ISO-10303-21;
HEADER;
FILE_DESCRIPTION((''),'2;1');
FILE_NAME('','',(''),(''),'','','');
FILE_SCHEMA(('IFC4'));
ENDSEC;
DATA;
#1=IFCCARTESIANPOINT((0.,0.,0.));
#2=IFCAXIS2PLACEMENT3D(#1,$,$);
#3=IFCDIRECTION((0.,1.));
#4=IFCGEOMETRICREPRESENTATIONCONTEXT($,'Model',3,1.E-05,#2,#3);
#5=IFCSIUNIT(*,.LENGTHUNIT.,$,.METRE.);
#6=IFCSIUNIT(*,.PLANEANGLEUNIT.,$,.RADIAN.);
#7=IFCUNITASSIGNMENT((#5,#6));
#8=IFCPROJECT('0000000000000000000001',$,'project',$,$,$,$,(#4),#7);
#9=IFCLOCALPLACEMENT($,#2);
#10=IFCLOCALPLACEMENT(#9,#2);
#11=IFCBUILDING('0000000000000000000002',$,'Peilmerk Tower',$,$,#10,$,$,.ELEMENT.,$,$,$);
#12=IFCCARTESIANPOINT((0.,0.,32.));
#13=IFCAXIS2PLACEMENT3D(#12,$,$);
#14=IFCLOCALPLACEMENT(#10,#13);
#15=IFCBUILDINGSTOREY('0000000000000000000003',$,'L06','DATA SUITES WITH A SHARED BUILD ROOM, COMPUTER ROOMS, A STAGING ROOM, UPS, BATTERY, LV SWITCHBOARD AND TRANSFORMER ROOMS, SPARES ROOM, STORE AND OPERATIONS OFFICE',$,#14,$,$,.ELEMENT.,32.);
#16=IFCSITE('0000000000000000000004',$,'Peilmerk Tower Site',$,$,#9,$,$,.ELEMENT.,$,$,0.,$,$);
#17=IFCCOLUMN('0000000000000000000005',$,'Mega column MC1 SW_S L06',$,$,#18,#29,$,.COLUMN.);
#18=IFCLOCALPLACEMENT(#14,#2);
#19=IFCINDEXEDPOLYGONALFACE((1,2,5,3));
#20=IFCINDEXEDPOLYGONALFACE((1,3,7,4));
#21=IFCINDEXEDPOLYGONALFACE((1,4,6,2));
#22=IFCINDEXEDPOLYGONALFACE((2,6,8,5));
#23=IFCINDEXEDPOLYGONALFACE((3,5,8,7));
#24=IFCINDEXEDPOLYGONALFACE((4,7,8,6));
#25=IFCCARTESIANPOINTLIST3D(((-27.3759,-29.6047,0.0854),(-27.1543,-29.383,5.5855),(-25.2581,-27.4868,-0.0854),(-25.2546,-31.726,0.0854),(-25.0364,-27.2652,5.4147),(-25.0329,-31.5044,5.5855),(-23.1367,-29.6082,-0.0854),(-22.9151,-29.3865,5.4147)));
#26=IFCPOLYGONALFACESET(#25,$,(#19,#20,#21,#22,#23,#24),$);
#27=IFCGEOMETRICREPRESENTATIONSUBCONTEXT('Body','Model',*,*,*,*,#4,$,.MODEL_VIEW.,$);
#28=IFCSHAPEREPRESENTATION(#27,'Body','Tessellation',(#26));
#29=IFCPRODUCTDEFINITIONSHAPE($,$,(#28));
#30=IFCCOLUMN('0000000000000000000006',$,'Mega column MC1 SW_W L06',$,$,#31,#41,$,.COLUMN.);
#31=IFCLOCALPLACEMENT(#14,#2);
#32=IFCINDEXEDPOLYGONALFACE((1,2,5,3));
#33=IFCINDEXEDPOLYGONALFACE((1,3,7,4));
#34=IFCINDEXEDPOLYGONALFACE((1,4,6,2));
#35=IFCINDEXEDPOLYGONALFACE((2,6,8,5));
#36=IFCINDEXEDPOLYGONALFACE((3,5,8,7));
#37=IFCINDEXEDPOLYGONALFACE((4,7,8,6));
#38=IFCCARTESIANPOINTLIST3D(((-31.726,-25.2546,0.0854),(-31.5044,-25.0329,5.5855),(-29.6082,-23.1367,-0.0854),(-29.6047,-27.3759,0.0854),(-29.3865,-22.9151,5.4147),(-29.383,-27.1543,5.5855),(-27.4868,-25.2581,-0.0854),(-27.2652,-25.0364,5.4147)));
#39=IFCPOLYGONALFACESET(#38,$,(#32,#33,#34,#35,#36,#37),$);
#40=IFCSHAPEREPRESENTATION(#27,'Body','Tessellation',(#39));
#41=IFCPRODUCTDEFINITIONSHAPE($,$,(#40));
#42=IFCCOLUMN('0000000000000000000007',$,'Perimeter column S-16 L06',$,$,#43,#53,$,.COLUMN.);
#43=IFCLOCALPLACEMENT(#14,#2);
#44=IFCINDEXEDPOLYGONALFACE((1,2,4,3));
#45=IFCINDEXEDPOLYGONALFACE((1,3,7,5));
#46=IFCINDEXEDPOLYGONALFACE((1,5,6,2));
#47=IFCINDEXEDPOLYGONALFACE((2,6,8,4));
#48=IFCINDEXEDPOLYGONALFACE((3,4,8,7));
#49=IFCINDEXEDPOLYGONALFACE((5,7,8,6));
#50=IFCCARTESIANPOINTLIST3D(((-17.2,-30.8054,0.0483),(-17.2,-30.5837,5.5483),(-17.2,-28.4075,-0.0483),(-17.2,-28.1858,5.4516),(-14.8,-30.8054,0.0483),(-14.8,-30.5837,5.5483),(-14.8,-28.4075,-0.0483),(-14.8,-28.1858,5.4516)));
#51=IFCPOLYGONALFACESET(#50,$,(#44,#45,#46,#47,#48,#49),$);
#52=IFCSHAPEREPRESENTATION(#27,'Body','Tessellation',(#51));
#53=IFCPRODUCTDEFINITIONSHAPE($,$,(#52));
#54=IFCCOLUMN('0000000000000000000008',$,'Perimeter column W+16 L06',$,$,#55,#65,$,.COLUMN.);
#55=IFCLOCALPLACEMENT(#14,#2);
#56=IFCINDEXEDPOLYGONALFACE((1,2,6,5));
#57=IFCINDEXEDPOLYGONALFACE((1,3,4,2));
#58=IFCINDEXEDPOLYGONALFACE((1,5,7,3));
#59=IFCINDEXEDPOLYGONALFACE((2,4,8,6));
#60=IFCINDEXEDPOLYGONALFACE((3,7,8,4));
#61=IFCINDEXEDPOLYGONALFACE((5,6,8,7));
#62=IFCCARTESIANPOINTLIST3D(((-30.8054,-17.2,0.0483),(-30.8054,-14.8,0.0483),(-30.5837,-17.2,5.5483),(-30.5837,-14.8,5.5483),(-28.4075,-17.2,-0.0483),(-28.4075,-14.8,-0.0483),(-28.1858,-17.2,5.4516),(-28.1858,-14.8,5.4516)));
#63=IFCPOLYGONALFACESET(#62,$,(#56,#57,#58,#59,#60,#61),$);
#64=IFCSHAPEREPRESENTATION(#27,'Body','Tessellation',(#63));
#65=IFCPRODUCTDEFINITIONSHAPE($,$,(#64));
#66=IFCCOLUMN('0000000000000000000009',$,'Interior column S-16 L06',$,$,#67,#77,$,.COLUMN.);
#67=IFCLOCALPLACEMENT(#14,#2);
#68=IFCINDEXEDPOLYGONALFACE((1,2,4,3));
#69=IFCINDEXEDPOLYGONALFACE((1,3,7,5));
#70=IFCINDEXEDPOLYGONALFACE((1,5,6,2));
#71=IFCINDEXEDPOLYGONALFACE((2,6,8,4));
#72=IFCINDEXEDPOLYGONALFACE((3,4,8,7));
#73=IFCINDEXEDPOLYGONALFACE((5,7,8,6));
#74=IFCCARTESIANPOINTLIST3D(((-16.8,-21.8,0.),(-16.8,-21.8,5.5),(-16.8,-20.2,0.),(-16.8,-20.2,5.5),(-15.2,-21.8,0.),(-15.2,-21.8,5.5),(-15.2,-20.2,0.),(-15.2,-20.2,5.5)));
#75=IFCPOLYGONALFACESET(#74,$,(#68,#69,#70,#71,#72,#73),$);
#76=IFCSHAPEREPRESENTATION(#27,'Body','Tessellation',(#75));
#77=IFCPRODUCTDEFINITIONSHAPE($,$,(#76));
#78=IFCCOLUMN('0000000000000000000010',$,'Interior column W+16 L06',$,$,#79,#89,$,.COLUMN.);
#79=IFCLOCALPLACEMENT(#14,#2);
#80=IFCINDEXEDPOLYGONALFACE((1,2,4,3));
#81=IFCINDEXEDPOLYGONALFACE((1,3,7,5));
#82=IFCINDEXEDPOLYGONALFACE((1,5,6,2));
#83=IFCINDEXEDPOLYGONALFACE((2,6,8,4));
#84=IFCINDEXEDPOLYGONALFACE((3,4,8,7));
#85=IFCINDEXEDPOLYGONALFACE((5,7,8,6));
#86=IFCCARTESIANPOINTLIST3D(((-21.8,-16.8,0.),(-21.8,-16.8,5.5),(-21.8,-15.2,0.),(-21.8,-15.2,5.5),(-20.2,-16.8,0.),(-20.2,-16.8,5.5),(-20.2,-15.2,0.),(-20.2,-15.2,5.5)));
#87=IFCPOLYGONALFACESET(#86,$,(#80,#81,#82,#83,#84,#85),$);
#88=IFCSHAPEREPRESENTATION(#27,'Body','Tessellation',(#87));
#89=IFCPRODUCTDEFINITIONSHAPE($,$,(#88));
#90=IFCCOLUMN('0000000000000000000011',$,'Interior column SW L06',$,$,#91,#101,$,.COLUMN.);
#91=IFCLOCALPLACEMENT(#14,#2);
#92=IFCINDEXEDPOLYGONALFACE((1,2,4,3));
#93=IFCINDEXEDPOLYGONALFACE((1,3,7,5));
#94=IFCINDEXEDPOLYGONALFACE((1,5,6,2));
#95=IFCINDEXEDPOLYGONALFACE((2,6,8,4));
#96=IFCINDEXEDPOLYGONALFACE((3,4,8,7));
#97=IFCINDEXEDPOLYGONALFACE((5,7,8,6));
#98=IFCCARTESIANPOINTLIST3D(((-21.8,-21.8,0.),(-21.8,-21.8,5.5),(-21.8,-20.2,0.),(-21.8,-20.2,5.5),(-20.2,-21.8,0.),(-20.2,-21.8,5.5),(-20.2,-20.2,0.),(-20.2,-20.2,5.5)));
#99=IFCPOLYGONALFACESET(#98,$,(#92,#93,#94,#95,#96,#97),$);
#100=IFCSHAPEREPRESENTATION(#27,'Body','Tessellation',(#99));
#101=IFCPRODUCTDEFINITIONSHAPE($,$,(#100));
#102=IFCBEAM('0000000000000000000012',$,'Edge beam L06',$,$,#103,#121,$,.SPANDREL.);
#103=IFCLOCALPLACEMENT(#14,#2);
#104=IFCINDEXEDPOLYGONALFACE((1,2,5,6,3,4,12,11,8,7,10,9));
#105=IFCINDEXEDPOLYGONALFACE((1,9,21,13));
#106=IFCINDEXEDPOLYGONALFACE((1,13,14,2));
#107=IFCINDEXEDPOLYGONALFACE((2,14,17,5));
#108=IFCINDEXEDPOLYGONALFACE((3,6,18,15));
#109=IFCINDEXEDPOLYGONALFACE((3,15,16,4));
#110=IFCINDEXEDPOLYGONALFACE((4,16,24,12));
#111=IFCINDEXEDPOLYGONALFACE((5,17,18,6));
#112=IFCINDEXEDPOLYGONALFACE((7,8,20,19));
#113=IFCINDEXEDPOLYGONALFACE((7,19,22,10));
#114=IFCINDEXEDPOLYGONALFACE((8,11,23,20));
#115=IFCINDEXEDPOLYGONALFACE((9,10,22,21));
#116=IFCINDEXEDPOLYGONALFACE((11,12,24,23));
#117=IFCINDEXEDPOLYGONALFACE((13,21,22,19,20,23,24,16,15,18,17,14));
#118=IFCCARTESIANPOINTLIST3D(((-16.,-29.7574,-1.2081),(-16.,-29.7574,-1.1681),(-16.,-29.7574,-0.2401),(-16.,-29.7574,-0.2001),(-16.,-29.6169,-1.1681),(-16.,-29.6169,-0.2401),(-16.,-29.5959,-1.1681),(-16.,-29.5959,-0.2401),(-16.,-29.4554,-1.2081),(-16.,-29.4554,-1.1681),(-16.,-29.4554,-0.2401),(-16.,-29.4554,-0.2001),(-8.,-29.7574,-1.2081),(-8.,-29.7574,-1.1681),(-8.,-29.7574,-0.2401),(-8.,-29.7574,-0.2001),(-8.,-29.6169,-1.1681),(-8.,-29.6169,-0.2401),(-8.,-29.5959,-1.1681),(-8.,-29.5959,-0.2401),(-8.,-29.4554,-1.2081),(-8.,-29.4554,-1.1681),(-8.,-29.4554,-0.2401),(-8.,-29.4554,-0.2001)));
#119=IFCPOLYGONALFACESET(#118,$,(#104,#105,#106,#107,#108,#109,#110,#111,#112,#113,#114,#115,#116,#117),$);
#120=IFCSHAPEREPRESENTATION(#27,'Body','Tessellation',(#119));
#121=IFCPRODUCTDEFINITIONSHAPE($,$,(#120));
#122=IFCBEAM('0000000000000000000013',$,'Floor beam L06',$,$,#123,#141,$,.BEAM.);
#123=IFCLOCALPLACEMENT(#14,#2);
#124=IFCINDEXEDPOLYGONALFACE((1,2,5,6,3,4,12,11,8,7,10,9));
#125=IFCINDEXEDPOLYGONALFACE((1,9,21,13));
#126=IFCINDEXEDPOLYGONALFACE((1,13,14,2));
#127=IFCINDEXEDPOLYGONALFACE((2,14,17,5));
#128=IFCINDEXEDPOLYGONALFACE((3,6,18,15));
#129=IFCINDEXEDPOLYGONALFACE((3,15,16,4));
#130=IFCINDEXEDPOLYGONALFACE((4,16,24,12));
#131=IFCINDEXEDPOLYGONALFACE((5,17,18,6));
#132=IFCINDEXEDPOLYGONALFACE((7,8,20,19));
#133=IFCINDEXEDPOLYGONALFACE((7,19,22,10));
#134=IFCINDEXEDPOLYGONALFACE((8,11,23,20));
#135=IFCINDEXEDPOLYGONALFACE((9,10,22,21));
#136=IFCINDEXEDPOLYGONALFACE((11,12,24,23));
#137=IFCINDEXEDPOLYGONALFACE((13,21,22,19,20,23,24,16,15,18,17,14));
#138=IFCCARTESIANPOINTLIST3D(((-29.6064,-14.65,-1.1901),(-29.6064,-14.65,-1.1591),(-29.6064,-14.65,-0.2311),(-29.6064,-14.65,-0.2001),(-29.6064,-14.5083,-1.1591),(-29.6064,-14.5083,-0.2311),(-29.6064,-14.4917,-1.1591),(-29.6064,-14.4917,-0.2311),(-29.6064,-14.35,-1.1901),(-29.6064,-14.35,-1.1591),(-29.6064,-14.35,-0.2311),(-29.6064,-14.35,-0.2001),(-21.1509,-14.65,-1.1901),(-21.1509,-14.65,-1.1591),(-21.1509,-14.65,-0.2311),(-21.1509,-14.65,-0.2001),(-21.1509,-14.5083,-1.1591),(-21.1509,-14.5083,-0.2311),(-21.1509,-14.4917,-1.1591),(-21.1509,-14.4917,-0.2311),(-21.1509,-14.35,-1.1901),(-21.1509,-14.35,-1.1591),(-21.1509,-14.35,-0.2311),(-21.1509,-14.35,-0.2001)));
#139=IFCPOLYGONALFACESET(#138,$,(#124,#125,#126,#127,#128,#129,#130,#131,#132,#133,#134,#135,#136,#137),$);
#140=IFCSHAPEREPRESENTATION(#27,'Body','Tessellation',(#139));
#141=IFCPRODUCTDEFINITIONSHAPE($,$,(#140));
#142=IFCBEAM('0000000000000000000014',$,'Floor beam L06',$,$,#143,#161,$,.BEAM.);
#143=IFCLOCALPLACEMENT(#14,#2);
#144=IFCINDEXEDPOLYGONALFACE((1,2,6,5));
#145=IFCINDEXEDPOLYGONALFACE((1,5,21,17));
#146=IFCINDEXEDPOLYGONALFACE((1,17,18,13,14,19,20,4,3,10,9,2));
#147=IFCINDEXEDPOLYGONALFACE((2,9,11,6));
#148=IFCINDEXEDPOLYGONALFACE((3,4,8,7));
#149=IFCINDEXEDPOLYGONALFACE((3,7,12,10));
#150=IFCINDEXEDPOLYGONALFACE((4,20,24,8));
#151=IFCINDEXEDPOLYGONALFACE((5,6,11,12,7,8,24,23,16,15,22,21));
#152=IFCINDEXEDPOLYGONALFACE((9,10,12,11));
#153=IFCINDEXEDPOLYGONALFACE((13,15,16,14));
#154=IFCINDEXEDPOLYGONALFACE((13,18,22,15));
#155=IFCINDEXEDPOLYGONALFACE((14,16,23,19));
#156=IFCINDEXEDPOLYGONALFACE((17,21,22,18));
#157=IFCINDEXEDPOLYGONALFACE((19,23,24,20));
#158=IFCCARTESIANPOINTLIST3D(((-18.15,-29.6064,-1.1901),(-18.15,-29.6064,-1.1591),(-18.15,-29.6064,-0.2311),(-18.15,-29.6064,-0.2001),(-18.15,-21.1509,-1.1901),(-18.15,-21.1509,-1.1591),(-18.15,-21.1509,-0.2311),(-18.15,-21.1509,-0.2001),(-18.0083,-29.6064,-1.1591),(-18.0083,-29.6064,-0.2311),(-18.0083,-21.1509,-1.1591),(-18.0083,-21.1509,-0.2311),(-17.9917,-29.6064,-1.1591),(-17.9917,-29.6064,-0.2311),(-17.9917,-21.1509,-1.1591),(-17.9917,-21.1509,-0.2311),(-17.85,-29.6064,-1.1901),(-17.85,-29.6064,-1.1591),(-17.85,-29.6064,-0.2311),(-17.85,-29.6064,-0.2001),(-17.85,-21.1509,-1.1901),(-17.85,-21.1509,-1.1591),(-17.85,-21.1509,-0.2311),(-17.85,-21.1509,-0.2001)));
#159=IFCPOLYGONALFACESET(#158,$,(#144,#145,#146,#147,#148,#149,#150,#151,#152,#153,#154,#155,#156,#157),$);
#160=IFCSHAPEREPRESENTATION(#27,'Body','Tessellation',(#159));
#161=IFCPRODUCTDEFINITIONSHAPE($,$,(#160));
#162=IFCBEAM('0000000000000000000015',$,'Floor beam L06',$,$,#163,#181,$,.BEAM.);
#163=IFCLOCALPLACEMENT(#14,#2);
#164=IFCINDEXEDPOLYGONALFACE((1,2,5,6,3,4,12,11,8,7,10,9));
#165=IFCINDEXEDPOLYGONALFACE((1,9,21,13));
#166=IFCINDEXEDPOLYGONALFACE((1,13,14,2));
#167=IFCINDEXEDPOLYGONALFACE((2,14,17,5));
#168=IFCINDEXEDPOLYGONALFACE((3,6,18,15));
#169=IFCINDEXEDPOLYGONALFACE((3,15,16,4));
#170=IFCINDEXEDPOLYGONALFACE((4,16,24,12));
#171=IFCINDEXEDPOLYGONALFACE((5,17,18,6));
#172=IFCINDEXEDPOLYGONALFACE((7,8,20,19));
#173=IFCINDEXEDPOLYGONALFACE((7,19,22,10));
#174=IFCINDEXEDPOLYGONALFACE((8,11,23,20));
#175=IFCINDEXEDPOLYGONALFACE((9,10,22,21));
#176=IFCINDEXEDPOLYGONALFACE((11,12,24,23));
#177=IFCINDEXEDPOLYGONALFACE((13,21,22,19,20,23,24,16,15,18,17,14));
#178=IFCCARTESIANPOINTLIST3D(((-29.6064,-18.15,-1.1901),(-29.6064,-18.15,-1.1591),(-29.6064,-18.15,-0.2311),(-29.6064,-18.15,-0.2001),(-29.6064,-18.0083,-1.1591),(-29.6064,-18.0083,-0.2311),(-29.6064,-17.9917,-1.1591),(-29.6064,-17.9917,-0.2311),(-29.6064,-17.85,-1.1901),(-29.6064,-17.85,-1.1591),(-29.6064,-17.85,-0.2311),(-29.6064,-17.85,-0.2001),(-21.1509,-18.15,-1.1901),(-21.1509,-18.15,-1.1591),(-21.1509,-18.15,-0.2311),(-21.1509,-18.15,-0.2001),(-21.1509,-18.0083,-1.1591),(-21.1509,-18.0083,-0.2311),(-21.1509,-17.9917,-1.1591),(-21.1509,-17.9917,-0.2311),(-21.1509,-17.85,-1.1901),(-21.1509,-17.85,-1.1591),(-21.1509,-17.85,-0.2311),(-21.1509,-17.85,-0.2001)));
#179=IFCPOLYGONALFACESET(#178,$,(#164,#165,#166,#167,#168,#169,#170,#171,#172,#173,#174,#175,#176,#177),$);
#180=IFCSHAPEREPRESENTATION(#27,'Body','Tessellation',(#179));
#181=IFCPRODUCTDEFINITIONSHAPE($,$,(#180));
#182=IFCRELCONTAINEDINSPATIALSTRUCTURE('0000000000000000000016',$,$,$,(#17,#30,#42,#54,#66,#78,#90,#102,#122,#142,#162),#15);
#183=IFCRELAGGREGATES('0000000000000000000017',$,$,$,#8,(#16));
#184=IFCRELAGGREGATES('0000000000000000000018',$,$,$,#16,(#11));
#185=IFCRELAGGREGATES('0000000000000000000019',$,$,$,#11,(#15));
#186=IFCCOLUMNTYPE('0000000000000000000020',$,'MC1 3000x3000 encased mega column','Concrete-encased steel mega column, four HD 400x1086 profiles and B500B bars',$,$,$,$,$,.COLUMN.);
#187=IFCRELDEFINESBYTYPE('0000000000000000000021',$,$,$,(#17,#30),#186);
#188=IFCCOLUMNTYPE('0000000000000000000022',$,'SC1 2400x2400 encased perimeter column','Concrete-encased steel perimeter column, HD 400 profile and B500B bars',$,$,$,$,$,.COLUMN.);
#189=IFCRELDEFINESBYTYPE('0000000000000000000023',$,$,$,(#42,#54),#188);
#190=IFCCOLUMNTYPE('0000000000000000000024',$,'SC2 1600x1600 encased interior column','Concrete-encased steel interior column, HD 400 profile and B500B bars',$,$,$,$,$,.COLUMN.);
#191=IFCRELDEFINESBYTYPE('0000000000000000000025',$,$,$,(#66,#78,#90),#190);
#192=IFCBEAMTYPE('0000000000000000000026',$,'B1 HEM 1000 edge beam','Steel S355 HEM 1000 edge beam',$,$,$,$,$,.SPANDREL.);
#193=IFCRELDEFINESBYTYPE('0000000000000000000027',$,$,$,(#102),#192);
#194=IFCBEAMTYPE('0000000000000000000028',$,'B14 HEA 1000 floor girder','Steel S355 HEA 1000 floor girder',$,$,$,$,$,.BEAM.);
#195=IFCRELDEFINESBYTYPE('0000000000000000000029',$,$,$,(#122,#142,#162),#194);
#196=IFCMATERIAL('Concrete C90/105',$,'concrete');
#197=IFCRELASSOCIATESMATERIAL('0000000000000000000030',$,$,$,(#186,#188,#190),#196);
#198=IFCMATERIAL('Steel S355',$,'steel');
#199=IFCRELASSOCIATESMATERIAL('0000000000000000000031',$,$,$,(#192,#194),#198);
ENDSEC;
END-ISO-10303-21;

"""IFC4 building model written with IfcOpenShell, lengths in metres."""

from ifc_helpers import new_model, si_unit, direction, frame, origin, origin_2d, place, context, subcontext, project, spatial, rectangle, i_section, extrude, material, material_profile, profile_set, type_object, element, save


model = new_model("IFC4")

# Units and contexts
model_context = context("Model", 3, precision=1e-05, world=origin(), true_north=direction((0.0, 1.0)))
body_context = subcontext(model_context, "Body", "Model", "MODEL_VIEW")
ifc_project = project(units=[si_unit("LENGTHUNIT", "METRE"), si_unit("PLANEANGLEUNIT", "RADIAN")], contexts=[model_context])

# Site, building, storey
site_placement = place(None, origin())
site = spatial("IfcSite", under=ifc_project, at=site_placement, Name="Peilmerk Tower Site", CompositionType="ELEMENT", RefElevation=0.0)
building_placement = place(site_placement, origin())
building = spatial("IfcBuilding", under=site, at=building_placement, Name="Peilmerk Tower", CompositionType="ELEMENT")
storey_placement = place(building_placement, frame((0.0, 0.0, 32.0)))
storey = spatial("IfcBuildingStorey", under=building, at=storey_placement, Name="L06", Description="DATA SUITES WITH A SHARED BUILD ROOM, COMPUTER ROOMS, A STAGING ROOM, UPS, BATTERY, LV SWITCHBOARD AND TRANSFORMER ROOMS, SPARES ROOM, STORE AND OPERATIONS OFFICE", CompositionType="ELEMENT", Elevation=32.0)

# Columns
ifc_material_1 = material(Name="Concrete C90/105", Category="concrete")
ifc_material_profile_1 = material_profile(ifc_material_1, rectangle(XDim=3.0, YDim=3.0, at=origin_2d()), Name="RC 3000x3000")
ifc_profile_set_1 = profile_set([ifc_material_profile_1], Name="Concrete C90/105")
column_type_1 = type_object("IfcColumnType", Name="MC1 3000x3000 encased mega column", Description="Concrete-encased steel mega column, four HD 400x1086 profiles and B500B bars", PredefinedType="COLUMN", material=ifc_profile_set_1)
for number, where, z_axis, x_axis, name in (
    (1, (-25.2563, -29.6064, 0.0), (0.04024, 0.04024, 0.998379), (-0.707107, 0.707107, 0.0), "Mega column MC1 SW_S L06"),
    (2, (-29.6064, -25.2563, 0.0), (0.04024, 0.04024, 0.998379), (-0.707107, 0.707107, 0.0), "Mega column MC1 SW_W L06"),
):
    element("IfcColumn", number, at=place(storey_placement, frame(where, z_axis=z_axis, x_axis=x_axis)), inside=storey, type_object=column_type_1, Name=name, PredefinedType="COLUMN", context=body_context, shape_type="SweptSolid", body=[
        extrude(rectangle(XDim=3.0, YDim=3.0, at=origin_2d()), origin(), (0.0, 0.0, 1.0), 5.509),
    ])
ifc_material_profile_2 = material_profile(ifc_material_1, rectangle(XDim=2.3999, YDim=2.3999, at=origin_2d()), Name="RC 2400x2400")
ifc_profile_set_2 = profile_set([ifc_material_profile_2], Name="Concrete C90/105")
column_type_2 = type_object("IfcColumnType", Name="SC1 2400x2400 encased perimeter column", Description="Concrete-encased steel perimeter column, HD 400 profile and B500B bars", PredefinedType="COLUMN", material=ifc_profile_set_2)
for number, where, z_axis, x_axis, name in (
    (3, (-16.0, -29.6064, 0.0), (0.0, 0.040273, 0.999189), (-1.0, 0.0, 0.0), "Perimeter column S-16 L06"),
    (4, (-29.6064, -16.0, 0.0), (0.040273, 0.0, 0.999189), (0.0, 1.0, 0.0), "Perimeter column W+16 L06"),
):
    element("IfcColumn", number, at=place(storey_placement, frame(where, z_axis=z_axis, x_axis=x_axis)), inside=storey, type_object=column_type_2, Name=name, PredefinedType="COLUMN", context=body_context, shape_type="SweptSolid", body=[
        extrude(rectangle(XDim=2.3999, YDim=2.3999, at=origin_2d()), origin(), (0.0, 0.0, 1.0), 5.5044),
    ])
ifc_material_profile_3 = material_profile(ifc_material_1, rectangle(XDim=1.6001, YDim=1.6001, at=origin_2d()), Name="RC 1600x1600")
ifc_profile_set_3 = profile_set([ifc_material_profile_3], Name="Concrete C90/105")
column_type_3 = type_object("IfcColumnType", Name="SC2 1600x1600 encased interior column", Description="Concrete-encased steel interior column, HD 400 profile and B500B bars", PredefinedType="COLUMN", material=ifc_profile_set_3)
for number, where, z_axis, x_axis, name in (
    (5, (-16.0, -21.0, 0.0), (0.0, 0.0, 1.0), (1.0, 0.0, 0.0), "Interior column S-16 L06"),
    (6, (-21.0, -16.0, 0.0), (0.0, 0.0, 1.0), (1.0, 0.0, 0.0), "Interior column W+16 L06"),
    (7, (-21.0, -21.0, 0.0), (0.0, 0.0, 1.0), (1.0, 0.0, 0.0), "Interior column SW L06"),
):
    element("IfcColumn", number, at=place(storey_placement, frame(where, z_axis=z_axis, x_axis=x_axis)), inside=storey, type_object=column_type_3, Name=name, PredefinedType="COLUMN", context=body_context, shape_type="SweptSolid", body=[
        extrude(rectangle(XDim=1.6001, YDim=1.6001, at=origin_2d()), origin(), (0.0, 0.0, 1.0), 5.5),
    ])

# Beams
ifc_material_2 = material(Name="Steel S355", Category="steel")
ifc_material_profile_4 = material_profile(ifc_material_2, i_section(OverallWidth=0.302, OverallDepth=1.0081, WebThickness=0.021, FlangeThickness=0.04, at=origin_2d()), Name="HEM 1000")
ifc_profile_set_4 = profile_set([ifc_material_profile_4], Name="Steel S355")
beam_type_1 = type_object("IfcBeamType", Name="B1 HEM 1000 edge beam", Description="Steel S355 HEM 1000 edge beam", PredefinedType="SPANDREL", material=ifc_profile_set_4)
beam_1_placement = place(storey_placement, frame((-16.0, -29.6064, -0.7041), z_axis=(1.0, 0.0, 0.0), x_axis=(0.0, 1.0, 0.0)))
element("IfcBeam", 8, at=beam_1_placement, inside=storey, type_object=beam_type_1, Name="Edge beam L06", PredefinedType="SPANDREL", context=body_context, shape_type="SweptSolid", body=[
    extrude(i_section(OverallWidth=0.302, OverallDepth=1.0081, WebThickness=0.021, FlangeThickness=0.04, at=origin_2d()), origin(), (0.0, 0.0, 1.0), 8.0),
])
ifc_material_profile_5 = material_profile(ifc_material_2, i_section(OverallWidth=0.3, OverallDepth=0.99, WebThickness=0.0166, FlangeThickness=0.031, at=origin_2d()), Name="HEA 1000")
ifc_profile_set_5 = profile_set([ifc_material_profile_5], Name="Steel S355")
beam_type_2 = type_object("IfcBeamType", Name="B14 HEA 1000 floor girder", Description="Steel S355 HEA 1000 floor girder", PredefinedType="BEAM", material=ifc_profile_set_5)
for number, where, z_axis, x_axis, name in (
    (9, (-21.1509, -14.5, -0.6951), (-1.0, 0.0, 0.0), (0.0, -1.0, 0.0), "Floor beam L06"),
    (10, (-18.0, -21.1509, -0.6951), (0.0, -1.0, 0.0), (1.0, 0.0, 0.0), "Floor beam L06"),
    (11, (-21.1509, -18.0, -0.6951), (-1.0, 0.0, 0.0), (0.0, -1.0, 0.0), "Floor beam L06"),
):
    element("IfcBeam", number, at=place(storey_placement, frame(where, z_axis=z_axis, x_axis=x_axis)), inside=storey, type_object=beam_type_2, Name=name, PredefinedType="BEAM", context=body_context, shape_type="SweptSolid", body=[
        extrude(i_section(OverallWidth=0.3, OverallDepth=0.99, WebThickness=0.0166, FlangeThickness=0.031, at=origin_2d()), origin(), (0.0, 0.0, 1.0), 8.4556),
    ])

save(model, "model.ifc")
